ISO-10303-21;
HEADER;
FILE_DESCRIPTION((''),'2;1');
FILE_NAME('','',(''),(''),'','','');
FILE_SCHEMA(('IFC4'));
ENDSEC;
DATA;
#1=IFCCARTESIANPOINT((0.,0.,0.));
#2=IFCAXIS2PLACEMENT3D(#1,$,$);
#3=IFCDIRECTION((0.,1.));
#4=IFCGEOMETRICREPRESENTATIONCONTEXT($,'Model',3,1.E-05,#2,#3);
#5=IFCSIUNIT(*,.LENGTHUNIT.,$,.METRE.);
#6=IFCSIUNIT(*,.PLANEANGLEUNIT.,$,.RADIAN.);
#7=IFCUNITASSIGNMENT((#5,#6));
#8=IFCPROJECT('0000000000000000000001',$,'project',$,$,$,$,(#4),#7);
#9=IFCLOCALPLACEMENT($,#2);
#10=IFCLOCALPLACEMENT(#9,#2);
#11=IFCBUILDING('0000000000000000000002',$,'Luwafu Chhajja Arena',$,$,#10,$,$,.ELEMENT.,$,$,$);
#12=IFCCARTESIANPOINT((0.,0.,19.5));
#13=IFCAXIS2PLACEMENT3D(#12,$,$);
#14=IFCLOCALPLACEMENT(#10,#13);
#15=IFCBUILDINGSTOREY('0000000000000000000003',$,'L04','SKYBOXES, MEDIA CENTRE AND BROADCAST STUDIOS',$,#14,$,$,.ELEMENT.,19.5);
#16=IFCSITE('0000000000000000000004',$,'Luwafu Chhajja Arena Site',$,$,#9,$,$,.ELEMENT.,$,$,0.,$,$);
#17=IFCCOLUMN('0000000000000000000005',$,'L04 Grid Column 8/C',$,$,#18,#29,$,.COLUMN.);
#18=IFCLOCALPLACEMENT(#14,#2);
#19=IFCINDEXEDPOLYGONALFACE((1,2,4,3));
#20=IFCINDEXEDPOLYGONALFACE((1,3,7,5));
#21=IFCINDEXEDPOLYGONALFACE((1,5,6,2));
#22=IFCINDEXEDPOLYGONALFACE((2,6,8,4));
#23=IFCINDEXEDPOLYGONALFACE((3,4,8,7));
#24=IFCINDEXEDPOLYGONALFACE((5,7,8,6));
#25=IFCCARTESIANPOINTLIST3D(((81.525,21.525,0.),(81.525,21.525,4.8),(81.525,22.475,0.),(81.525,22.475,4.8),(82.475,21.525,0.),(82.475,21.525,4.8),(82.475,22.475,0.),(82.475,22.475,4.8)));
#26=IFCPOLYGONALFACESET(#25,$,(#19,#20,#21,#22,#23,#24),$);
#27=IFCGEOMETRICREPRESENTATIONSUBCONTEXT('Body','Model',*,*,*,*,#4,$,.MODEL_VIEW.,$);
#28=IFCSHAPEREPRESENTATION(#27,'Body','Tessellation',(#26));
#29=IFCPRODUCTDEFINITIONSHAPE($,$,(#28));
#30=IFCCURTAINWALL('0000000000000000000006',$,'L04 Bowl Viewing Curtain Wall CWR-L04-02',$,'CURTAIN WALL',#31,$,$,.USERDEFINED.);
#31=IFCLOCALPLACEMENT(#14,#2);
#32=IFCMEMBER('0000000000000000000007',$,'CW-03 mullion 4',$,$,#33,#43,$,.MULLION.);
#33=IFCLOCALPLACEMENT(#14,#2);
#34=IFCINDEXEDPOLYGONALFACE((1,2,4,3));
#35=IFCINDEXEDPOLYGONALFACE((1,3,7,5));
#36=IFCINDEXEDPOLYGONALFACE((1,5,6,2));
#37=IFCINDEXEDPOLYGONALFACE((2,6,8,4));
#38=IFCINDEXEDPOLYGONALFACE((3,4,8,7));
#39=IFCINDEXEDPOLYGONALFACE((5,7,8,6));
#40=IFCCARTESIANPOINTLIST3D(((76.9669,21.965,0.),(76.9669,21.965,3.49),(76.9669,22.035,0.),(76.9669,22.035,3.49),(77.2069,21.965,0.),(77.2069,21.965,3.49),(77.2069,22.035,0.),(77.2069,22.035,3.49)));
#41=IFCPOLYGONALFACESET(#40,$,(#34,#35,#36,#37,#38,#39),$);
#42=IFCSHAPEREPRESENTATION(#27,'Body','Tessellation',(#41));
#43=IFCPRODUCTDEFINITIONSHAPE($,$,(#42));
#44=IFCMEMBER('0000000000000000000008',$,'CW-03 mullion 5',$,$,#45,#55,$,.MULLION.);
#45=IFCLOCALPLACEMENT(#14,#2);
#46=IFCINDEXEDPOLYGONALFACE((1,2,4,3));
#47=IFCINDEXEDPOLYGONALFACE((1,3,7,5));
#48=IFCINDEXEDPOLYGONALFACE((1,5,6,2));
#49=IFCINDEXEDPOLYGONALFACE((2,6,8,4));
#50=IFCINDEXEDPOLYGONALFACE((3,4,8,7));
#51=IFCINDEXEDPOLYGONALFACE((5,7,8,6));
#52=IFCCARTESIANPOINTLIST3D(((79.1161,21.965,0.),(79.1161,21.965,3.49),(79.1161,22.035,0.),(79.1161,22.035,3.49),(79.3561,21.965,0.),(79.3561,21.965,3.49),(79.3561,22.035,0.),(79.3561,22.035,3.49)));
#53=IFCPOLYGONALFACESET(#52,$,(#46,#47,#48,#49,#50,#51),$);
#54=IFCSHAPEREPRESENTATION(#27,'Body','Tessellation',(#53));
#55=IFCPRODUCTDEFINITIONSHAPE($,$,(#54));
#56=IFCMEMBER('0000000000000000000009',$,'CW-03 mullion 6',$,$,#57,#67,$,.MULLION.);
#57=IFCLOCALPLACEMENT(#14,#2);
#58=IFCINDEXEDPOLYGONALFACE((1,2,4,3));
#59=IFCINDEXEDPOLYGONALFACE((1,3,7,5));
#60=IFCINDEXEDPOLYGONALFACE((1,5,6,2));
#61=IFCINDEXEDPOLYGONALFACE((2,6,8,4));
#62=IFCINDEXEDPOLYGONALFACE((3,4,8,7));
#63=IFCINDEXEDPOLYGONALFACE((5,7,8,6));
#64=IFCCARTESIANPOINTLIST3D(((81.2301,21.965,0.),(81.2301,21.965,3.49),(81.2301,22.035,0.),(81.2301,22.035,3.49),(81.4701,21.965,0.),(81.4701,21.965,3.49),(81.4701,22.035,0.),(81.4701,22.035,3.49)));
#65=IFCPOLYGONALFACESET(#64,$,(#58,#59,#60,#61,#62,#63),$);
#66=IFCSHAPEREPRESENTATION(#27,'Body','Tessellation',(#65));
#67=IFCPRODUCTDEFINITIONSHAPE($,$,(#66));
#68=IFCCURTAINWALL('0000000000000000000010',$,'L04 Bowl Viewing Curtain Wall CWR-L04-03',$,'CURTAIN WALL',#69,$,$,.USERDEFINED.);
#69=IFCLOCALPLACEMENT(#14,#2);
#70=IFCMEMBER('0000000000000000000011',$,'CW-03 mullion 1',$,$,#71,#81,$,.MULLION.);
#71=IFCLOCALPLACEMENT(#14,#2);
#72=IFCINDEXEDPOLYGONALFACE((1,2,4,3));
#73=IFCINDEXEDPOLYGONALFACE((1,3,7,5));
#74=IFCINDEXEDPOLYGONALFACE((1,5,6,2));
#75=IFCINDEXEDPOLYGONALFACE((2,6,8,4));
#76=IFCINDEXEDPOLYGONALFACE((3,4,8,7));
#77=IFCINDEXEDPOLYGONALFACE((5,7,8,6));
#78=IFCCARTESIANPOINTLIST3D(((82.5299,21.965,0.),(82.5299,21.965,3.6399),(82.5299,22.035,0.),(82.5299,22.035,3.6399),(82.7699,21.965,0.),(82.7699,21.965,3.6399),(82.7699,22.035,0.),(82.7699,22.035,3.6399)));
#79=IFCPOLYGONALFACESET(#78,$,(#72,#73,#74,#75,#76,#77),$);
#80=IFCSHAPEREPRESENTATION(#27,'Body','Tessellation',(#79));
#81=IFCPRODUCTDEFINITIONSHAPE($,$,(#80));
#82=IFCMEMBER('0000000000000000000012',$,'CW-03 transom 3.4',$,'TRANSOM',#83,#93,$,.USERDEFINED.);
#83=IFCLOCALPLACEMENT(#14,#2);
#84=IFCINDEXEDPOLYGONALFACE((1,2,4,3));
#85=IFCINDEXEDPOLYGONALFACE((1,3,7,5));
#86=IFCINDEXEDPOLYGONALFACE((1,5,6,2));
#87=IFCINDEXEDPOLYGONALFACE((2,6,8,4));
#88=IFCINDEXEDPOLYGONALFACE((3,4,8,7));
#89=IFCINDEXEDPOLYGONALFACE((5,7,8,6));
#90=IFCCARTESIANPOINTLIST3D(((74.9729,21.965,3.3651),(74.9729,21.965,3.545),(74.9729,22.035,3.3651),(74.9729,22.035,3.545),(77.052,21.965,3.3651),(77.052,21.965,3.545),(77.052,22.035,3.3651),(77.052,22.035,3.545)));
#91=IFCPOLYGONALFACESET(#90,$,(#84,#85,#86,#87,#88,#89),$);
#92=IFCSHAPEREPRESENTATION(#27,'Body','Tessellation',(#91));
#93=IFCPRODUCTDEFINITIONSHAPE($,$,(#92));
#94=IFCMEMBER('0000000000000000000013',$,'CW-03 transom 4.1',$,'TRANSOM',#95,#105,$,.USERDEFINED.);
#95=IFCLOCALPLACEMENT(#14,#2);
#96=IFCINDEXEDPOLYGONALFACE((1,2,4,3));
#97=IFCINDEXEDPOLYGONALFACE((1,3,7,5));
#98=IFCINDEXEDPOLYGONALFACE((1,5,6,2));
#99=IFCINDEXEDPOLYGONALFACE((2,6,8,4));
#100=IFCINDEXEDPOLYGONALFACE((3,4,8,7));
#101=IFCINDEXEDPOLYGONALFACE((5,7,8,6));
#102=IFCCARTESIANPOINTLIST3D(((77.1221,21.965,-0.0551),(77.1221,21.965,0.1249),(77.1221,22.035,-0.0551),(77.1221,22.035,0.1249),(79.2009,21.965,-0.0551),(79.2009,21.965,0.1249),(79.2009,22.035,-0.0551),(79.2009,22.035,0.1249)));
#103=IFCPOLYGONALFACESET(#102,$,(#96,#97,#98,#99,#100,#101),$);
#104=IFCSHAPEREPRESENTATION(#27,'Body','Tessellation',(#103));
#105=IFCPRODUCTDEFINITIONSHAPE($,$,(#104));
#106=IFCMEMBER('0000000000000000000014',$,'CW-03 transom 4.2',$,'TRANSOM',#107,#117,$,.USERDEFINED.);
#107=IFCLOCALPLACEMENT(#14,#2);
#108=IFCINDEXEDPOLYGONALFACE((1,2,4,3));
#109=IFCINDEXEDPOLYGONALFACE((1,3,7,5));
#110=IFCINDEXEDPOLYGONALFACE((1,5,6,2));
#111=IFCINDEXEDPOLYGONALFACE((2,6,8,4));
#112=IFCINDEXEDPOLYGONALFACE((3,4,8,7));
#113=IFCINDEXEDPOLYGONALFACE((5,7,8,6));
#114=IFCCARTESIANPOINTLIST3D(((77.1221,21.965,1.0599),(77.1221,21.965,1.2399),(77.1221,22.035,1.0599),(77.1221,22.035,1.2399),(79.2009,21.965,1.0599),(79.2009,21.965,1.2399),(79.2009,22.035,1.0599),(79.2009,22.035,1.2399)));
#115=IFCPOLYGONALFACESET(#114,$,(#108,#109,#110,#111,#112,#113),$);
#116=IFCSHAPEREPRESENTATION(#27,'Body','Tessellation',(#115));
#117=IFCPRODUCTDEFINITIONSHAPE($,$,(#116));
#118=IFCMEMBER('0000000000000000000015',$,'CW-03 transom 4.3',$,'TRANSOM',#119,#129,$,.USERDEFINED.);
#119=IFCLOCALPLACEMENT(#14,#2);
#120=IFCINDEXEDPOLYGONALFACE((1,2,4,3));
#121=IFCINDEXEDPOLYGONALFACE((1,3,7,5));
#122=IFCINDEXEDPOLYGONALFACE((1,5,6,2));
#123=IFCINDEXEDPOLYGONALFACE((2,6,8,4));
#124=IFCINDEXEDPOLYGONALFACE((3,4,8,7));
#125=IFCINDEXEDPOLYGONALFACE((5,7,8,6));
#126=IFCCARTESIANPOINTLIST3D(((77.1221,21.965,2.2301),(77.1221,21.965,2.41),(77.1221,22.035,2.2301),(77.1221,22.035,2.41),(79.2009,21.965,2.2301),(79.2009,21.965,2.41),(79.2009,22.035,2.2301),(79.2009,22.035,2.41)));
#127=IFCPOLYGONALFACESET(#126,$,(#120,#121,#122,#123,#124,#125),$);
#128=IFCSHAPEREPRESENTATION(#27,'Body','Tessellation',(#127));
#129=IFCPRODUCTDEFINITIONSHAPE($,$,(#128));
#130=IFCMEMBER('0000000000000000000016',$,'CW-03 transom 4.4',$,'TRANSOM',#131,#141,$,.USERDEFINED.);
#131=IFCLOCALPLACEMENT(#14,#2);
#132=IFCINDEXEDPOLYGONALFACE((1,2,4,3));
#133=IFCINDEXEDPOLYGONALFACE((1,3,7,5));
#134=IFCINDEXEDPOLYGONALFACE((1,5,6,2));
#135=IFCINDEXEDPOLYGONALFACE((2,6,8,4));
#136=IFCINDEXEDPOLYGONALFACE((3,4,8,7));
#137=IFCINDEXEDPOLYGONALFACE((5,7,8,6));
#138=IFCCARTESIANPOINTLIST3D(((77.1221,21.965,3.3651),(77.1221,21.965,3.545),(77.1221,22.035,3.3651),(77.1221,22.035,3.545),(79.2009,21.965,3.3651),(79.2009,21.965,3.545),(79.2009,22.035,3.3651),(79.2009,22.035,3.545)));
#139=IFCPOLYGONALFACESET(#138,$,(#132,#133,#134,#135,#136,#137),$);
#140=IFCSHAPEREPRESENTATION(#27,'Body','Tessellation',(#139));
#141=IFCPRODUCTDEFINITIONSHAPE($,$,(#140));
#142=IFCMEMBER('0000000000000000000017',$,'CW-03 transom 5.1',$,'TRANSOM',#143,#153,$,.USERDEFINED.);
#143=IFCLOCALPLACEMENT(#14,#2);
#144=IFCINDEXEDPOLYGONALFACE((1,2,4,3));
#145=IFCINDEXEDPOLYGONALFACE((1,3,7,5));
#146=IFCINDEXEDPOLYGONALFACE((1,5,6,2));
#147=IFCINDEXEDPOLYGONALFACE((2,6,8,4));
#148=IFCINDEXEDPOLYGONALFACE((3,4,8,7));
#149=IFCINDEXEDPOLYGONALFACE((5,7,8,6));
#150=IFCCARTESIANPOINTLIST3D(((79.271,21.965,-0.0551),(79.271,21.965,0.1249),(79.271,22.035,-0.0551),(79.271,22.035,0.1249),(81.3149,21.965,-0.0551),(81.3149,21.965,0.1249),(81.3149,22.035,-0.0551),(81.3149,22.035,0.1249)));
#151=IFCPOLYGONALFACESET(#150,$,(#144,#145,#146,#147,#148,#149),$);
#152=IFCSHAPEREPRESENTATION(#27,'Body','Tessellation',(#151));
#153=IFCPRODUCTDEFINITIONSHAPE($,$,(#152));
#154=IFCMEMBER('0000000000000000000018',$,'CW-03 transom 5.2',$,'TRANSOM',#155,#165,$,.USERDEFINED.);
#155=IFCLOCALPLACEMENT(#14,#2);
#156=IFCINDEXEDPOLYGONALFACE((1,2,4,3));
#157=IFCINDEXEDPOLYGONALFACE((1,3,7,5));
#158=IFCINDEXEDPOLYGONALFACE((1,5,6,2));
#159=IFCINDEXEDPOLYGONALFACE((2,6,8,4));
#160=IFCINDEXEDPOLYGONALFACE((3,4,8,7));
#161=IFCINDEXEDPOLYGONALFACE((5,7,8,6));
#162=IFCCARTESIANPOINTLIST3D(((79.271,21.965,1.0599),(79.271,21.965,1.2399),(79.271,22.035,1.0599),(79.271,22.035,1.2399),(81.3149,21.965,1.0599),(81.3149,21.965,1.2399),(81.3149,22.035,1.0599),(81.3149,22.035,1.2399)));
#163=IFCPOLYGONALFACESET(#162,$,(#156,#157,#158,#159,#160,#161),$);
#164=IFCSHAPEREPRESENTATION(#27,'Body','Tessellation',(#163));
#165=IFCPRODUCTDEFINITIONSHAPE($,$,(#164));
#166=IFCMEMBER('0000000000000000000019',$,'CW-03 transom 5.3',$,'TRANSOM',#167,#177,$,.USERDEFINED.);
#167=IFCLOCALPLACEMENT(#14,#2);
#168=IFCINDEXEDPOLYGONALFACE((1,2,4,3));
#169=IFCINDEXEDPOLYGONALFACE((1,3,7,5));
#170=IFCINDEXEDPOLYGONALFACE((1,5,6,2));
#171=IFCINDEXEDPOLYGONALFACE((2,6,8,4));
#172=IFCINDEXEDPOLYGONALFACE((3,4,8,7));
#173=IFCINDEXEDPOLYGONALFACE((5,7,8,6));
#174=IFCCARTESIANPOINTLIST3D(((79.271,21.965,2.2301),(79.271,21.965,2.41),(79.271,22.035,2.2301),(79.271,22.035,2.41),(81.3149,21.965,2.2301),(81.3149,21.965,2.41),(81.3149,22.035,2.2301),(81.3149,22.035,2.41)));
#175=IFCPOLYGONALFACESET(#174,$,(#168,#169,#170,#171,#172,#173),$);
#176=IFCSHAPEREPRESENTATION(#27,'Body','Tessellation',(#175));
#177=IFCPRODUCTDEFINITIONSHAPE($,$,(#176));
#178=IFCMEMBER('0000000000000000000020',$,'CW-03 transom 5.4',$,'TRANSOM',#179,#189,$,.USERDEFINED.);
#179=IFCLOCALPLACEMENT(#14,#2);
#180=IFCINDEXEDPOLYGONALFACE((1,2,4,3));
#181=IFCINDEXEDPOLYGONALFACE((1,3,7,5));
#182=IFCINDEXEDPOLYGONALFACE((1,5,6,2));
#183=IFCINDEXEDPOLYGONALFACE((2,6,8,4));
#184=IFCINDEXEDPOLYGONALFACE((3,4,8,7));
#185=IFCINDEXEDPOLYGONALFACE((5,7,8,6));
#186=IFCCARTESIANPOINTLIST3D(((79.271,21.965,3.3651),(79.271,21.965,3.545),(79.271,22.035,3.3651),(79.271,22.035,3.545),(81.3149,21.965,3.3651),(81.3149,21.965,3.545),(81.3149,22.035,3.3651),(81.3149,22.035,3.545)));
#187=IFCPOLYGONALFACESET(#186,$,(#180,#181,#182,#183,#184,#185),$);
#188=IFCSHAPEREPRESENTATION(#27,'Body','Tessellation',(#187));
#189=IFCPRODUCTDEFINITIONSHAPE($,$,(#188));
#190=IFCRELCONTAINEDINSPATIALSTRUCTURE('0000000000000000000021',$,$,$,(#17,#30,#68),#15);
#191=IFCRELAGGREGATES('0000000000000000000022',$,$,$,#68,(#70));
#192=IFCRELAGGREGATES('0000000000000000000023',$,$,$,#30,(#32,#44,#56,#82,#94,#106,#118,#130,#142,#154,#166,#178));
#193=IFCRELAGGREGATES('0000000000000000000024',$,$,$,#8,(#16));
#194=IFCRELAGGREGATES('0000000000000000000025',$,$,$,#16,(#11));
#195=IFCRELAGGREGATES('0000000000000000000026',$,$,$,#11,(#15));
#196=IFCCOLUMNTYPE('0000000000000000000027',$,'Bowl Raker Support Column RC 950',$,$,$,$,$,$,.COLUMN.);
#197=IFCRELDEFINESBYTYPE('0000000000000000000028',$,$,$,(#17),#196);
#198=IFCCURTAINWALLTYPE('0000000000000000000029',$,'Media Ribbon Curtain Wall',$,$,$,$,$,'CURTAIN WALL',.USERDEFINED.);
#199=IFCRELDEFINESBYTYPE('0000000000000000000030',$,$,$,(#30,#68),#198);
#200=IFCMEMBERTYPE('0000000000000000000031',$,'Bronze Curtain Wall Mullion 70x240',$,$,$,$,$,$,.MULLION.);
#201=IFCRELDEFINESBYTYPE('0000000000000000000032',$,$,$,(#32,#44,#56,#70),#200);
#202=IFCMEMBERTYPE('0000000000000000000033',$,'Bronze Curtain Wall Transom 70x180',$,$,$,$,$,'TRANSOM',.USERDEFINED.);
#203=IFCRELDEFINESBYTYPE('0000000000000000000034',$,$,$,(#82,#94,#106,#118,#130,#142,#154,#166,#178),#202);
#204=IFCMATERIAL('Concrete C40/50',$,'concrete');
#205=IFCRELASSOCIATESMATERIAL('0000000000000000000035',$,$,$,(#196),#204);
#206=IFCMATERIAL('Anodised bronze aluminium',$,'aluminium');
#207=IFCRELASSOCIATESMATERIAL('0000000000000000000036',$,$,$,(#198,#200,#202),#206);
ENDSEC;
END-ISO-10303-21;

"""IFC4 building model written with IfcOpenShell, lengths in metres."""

from ifc_helpers import new_model, si_unit, direction, frame, origin, origin_2d, place, context, subcontext, project, spatial, rectangle, extrude, material, material_profile, profile_set, type_object, element, aggregate, save


model = new_model("IFC4")

# Units and contexts
model_context = context("Model", 3, precision=1e-05, world=origin(), true_north=direction((0.0, 1.0)))
body_context = subcontext(model_context, "Body", "Model", "MODEL_VIEW")
ifc_project = project(units=[si_unit("LENGTHUNIT", "METRE"), si_unit("PLANEANGLEUNIT", "RADIAN")], contexts=[model_context])

# Site, building, storey
site_placement = place(None, origin())
site = spatial("IfcSite", under=ifc_project, at=site_placement, Name="Luwafu Chhajja Arena Site", CompositionType="ELEMENT", RefElevation=0.0)
building_placement = place(site_placement, origin())
building = spatial("IfcBuilding", under=site, at=building_placement, Name="Luwafu Chhajja Arena", CompositionType="ELEMENT")
storey_placement = place(building_placement, frame((0.0, 0.0, 19.5)))
storey = spatial("IfcBuildingStorey", under=building, at=storey_placement, Name="L04", Description="SKYBOXES, MEDIA CENTRE AND BROADCAST STUDIOS", CompositionType="ELEMENT", Elevation=19.5)

# Column
ifc_material_1 = material(Name="Concrete C40/50", Category="concrete")
ifc_material_profile_1 = material_profile(ifc_material_1, rectangle(XDim=0.95, YDim=0.95, at=origin_2d()), Name="RC 950x950")
ifc_profile_set_1 = profile_set([ifc_material_profile_1], Name="Concrete C40/50")
column_type = type_object("IfcColumnType", Name="Bowl Raker Support Column RC 950", PredefinedType="COLUMN", material=ifc_profile_set_1)
column_placement = place(storey_placement, frame((82.0, 22.0, 0.0), z_axis=(0.0, 0.0, 1.0), x_axis=(1.0, 0.0, 0.0)))
element("IfcColumn", 1, at=column_placement, inside=storey, type_object=column_type, Name="L04 Grid Column 8/C", PredefinedType="COLUMN", context=body_context, shape_type="SweptSolid", body=[
    extrude(rectangle(XDim=0.95, YDim=0.95, at=origin_2d()), origin(), (0.0, 0.0, 1.0), 4.8),
])

# Curtain wall, members
ifc_material_2 = material(Name="Anodised bronze aluminium", Category="aluminium")
curtain_wall_type = type_object("IfcCurtainWallType", Name="Media Ribbon Curtain Wall", ElementType="CURTAIN WALL", PredefinedType="USERDEFINED", material=ifc_material_2)
curtain_wall_1_placement = place(storey_placement, origin())
curtain_wall_1 = element("IfcCurtainWall", 2, at=curtain_wall_1_placement, inside=storey, type_object=curtain_wall_type, Name="L04 Bowl Viewing Curtain Wall CWR-L04-02", ObjectType="CURTAIN WALL", PredefinedType="USERDEFINED")
ifc_material_profile_2 = material_profile(ifc_material_2, rectangle(XDim=0.0701, YDim=0.24, at=origin_2d()), Name="CWM 70x240")
ifc_profile_set_2 = profile_set([ifc_material_profile_2], Name="Anodised bronze aluminium")
member_type_1 = type_object("IfcMemberType", Name="Bronze Curtain Wall Mullion 70x240", PredefinedType="MULLION", material=ifc_profile_set_2)
member_1_placement = place(storey_placement, frame((77.0869, 22.0, 0.0), z_axis=(0.0, 0.0, 1.0), x_axis=(0.0, 1.0, 0.0)))
member_1 = element("IfcMember", 3, at=member_1_placement, type_object=member_type_1, Name="CW-03 mullion 4", PredefinedType="MULLION", context=body_context, shape_type="SweptSolid", body=[
    extrude(rectangle(XDim=0.0701, YDim=0.24, at=origin_2d()), origin(), (0.0, 0.0, 1.0), 3.49),
])
member_2_placement = place(storey_placement, frame((79.2361, 22.0, 0.0), z_axis=(0.0, 0.0, 1.0), x_axis=(0.0, 1.0, 0.0)))
member_2 = element("IfcMember", 4, at=member_2_placement, type_object=member_type_1, Name="CW-03 mullion 5", PredefinedType="MULLION", context=body_context, shape_type="SweptSolid", body=[
    extrude(rectangle(XDim=0.0701, YDim=0.24, at=origin_2d()), origin(), (0.0, 0.0, 1.0), 3.49),
])
member_3_placement = place(storey_placement, frame((81.3501, 22.0, 0.0), z_axis=(0.0, 0.0, 1.0), x_axis=(0.0, 1.0, 0.0)))
member_3 = element("IfcMember", 5, at=member_3_placement, type_object=member_type_1, Name="CW-03 mullion 6", PredefinedType="MULLION", context=body_context, shape_type="SweptSolid", body=[
    extrude(rectangle(XDim=0.0701, YDim=0.24, at=origin_2d()), origin(), (0.0, 0.0, 1.0), 3.49),
])

# Curtain wall, member
curtain_wall_2_placement = place(storey_placement, origin())
curtain_wall_2 = element("IfcCurtainWall", 6, at=curtain_wall_2_placement, inside=storey, type_object=curtain_wall_type, Name="L04 Bowl Viewing Curtain Wall CWR-L04-03", ObjectType="CURTAIN WALL", PredefinedType="USERDEFINED")
member_4_placement = place(storey_placement, frame((82.6499, 22.0, 0.0), z_axis=(0.0, 0.0, 1.0), x_axis=(0.0, 1.0, 0.0)))
member_4 = element("IfcMember", 7, at=member_4_placement, type_object=member_type_1, Name="CW-03 mullion 1", PredefinedType="MULLION", context=body_context, shape_type="SweptSolid", body=[
    extrude(rectangle(XDim=0.0701, YDim=0.24, at=origin_2d()), origin(), (0.0, 0.0, 1.0), 3.6399),
])

# Members
ifc_material_profile_3 = material_profile(ifc_material_2, rectangle(XDim=0.0701, YDim=0.1799, at=origin_2d()), Name="CWT 70x180")
ifc_profile_set_3 = profile_set([ifc_material_profile_3], Name="Anodised bronze aluminium")
member_type_2 = type_object("IfcMemberType", Name="Bronze Curtain Wall Transom 70x180", ElementType="TRANSOM", PredefinedType="USERDEFINED", material=ifc_profile_set_3)
member_5_placement = place(storey_placement, frame((74.9729, 22.0, 3.4551), z_axis=(1.0, 0.0, 0.0), x_axis=(0.0, 1.0, 0.0)))
member_5 = element("IfcMember", 8, at=member_5_placement, type_object=member_type_2, Name="CW-03 transom 3.4", ObjectType="TRANSOM", PredefinedType="USERDEFINED", context=body_context, shape_type="SweptSolid", body=[
    extrude(rectangle(XDim=0.0701, YDim=0.1799, at=origin_2d()), origin(), (0.0, 0.0, 1.0), 2.0791),
])
member_6_placement = place(storey_placement, frame((77.1221, 22.0, 0.0349), z_axis=(1.0, 0.0, 0.0), x_axis=(0.0, 1.0, 0.0)))
member_6 = element("IfcMember", 9, at=member_6_placement, type_object=member_type_2, Name="CW-03 transom 4.1", ObjectType="TRANSOM", PredefinedType="USERDEFINED", context=body_context, shape_type="SweptSolid", body=[
    extrude(rectangle(XDim=0.0701, YDim=0.1799, at=origin_2d()), origin(), (0.0, 0.0, 1.0), 2.0789),
])
member_7_placement = place(storey_placement, frame((77.1221, 22.0, 1.1499), z_axis=(1.0, 0.0, 0.0), x_axis=(0.0, 1.0, 0.0)))
member_7 = element("IfcMember", 10, at=member_7_placement, type_object=member_type_2, Name="CW-03 transom 4.2", ObjectType="TRANSOM", PredefinedType="USERDEFINED", context=body_context, shape_type="SweptSolid", body=[
    extrude(rectangle(XDim=0.0701, YDim=0.1799, at=origin_2d()), origin(), (0.0, 0.0, 1.0), 2.0789),
])
member_8_placement = place(storey_placement, frame((77.1221, 22.0, 2.3201), z_axis=(1.0, 0.0, 0.0), x_axis=(0.0, 1.0, 0.0)))
member_8 = element("IfcMember", 11, at=member_8_placement, type_object=member_type_2, Name="CW-03 transom 4.3", ObjectType="TRANSOM", PredefinedType="USERDEFINED", context=body_context, shape_type="SweptSolid", body=[
    extrude(rectangle(XDim=0.0701, YDim=0.1799, at=origin_2d()), origin(), (0.0, 0.0, 1.0), 2.0789),
])
member_9_placement = place(storey_placement, frame((77.1221, 22.0, 3.4551), z_axis=(1.0, 0.0, 0.0), x_axis=(0.0, 1.0, 0.0)))
member_9 = element("IfcMember", 12, at=member_9_placement, type_object=member_type_2, Name="CW-03 transom 4.4", ObjectType="TRANSOM", PredefinedType="USERDEFINED", context=body_context, shape_type="SweptSolid", body=[
    extrude(rectangle(XDim=0.0701, YDim=0.1799, at=origin_2d()), origin(), (0.0, 0.0, 1.0), 2.0789),
])
member_10_placement = place(storey_placement, frame((79.271, 22.0, 0.0349), z_axis=(1.0, 0.0, 0.0), x_axis=(0.0, 1.0, 0.0)))
member_10 = element("IfcMember", 13, at=member_10_placement, type_object=member_type_2, Name="CW-03 transom 5.1", ObjectType="TRANSOM", PredefinedType="USERDEFINED", context=body_context, shape_type="SweptSolid", body=[
    extrude(rectangle(XDim=0.0701, YDim=0.1799, at=origin_2d()), origin(), (0.0, 0.0, 1.0), 2.0439),
])
member_11_placement = place(storey_placement, frame((79.271, 22.0, 1.1499), z_axis=(1.0, 0.0, 0.0), x_axis=(0.0, 1.0, 0.0)))
member_11 = element("IfcMember", 14, at=member_11_placement, type_object=member_type_2, Name="CW-03 transom 5.2", ObjectType="TRANSOM", PredefinedType="USERDEFINED", context=body_context, shape_type="SweptSolid", body=[
    extrude(rectangle(XDim=0.0701, YDim=0.1799, at=origin_2d()), origin(), (0.0, 0.0, 1.0), 2.0439),
])
member_12_placement = place(storey_placement, frame((79.271, 22.0, 2.3201), z_axis=(1.0, 0.0, 0.0), x_axis=(0.0, 1.0, 0.0)))
member_12 = element("IfcMember", 15, at=member_12_placement, type_object=member_type_2, Name="CW-03 transom 5.3", ObjectType="TRANSOM", PredefinedType="USERDEFINED", context=body_context, shape_type="SweptSolid", body=[
    extrude(rectangle(XDim=0.0701, YDim=0.1799, at=origin_2d()), origin(), (0.0, 0.0, 1.0), 2.0439),
])
member_13_placement = place(storey_placement, frame((79.271, 22.0, 3.4551), z_axis=(1.0, 0.0, 0.0), x_axis=(0.0, 1.0, 0.0)))
member_13 = element("IfcMember", 16, at=member_13_placement, type_object=member_type_2, Name="CW-03 transom 5.4", ObjectType="TRANSOM", PredefinedType="USERDEFINED", context=body_context, shape_type="SweptSolid", body=[
    extrude(rectangle(XDim=0.0701, YDim=0.1799, at=origin_2d()), origin(), (0.0, 0.0, 1.0), 2.0439),
])
aggregate(curtain_wall_2, [member_4])

aggregate(curtain_wall_1, [member_1, member_2, member_3, member_5, member_6, member_7, member_8, member_9, member_10, member_11, member_12, member_13])

save(model, "model.ifc")
